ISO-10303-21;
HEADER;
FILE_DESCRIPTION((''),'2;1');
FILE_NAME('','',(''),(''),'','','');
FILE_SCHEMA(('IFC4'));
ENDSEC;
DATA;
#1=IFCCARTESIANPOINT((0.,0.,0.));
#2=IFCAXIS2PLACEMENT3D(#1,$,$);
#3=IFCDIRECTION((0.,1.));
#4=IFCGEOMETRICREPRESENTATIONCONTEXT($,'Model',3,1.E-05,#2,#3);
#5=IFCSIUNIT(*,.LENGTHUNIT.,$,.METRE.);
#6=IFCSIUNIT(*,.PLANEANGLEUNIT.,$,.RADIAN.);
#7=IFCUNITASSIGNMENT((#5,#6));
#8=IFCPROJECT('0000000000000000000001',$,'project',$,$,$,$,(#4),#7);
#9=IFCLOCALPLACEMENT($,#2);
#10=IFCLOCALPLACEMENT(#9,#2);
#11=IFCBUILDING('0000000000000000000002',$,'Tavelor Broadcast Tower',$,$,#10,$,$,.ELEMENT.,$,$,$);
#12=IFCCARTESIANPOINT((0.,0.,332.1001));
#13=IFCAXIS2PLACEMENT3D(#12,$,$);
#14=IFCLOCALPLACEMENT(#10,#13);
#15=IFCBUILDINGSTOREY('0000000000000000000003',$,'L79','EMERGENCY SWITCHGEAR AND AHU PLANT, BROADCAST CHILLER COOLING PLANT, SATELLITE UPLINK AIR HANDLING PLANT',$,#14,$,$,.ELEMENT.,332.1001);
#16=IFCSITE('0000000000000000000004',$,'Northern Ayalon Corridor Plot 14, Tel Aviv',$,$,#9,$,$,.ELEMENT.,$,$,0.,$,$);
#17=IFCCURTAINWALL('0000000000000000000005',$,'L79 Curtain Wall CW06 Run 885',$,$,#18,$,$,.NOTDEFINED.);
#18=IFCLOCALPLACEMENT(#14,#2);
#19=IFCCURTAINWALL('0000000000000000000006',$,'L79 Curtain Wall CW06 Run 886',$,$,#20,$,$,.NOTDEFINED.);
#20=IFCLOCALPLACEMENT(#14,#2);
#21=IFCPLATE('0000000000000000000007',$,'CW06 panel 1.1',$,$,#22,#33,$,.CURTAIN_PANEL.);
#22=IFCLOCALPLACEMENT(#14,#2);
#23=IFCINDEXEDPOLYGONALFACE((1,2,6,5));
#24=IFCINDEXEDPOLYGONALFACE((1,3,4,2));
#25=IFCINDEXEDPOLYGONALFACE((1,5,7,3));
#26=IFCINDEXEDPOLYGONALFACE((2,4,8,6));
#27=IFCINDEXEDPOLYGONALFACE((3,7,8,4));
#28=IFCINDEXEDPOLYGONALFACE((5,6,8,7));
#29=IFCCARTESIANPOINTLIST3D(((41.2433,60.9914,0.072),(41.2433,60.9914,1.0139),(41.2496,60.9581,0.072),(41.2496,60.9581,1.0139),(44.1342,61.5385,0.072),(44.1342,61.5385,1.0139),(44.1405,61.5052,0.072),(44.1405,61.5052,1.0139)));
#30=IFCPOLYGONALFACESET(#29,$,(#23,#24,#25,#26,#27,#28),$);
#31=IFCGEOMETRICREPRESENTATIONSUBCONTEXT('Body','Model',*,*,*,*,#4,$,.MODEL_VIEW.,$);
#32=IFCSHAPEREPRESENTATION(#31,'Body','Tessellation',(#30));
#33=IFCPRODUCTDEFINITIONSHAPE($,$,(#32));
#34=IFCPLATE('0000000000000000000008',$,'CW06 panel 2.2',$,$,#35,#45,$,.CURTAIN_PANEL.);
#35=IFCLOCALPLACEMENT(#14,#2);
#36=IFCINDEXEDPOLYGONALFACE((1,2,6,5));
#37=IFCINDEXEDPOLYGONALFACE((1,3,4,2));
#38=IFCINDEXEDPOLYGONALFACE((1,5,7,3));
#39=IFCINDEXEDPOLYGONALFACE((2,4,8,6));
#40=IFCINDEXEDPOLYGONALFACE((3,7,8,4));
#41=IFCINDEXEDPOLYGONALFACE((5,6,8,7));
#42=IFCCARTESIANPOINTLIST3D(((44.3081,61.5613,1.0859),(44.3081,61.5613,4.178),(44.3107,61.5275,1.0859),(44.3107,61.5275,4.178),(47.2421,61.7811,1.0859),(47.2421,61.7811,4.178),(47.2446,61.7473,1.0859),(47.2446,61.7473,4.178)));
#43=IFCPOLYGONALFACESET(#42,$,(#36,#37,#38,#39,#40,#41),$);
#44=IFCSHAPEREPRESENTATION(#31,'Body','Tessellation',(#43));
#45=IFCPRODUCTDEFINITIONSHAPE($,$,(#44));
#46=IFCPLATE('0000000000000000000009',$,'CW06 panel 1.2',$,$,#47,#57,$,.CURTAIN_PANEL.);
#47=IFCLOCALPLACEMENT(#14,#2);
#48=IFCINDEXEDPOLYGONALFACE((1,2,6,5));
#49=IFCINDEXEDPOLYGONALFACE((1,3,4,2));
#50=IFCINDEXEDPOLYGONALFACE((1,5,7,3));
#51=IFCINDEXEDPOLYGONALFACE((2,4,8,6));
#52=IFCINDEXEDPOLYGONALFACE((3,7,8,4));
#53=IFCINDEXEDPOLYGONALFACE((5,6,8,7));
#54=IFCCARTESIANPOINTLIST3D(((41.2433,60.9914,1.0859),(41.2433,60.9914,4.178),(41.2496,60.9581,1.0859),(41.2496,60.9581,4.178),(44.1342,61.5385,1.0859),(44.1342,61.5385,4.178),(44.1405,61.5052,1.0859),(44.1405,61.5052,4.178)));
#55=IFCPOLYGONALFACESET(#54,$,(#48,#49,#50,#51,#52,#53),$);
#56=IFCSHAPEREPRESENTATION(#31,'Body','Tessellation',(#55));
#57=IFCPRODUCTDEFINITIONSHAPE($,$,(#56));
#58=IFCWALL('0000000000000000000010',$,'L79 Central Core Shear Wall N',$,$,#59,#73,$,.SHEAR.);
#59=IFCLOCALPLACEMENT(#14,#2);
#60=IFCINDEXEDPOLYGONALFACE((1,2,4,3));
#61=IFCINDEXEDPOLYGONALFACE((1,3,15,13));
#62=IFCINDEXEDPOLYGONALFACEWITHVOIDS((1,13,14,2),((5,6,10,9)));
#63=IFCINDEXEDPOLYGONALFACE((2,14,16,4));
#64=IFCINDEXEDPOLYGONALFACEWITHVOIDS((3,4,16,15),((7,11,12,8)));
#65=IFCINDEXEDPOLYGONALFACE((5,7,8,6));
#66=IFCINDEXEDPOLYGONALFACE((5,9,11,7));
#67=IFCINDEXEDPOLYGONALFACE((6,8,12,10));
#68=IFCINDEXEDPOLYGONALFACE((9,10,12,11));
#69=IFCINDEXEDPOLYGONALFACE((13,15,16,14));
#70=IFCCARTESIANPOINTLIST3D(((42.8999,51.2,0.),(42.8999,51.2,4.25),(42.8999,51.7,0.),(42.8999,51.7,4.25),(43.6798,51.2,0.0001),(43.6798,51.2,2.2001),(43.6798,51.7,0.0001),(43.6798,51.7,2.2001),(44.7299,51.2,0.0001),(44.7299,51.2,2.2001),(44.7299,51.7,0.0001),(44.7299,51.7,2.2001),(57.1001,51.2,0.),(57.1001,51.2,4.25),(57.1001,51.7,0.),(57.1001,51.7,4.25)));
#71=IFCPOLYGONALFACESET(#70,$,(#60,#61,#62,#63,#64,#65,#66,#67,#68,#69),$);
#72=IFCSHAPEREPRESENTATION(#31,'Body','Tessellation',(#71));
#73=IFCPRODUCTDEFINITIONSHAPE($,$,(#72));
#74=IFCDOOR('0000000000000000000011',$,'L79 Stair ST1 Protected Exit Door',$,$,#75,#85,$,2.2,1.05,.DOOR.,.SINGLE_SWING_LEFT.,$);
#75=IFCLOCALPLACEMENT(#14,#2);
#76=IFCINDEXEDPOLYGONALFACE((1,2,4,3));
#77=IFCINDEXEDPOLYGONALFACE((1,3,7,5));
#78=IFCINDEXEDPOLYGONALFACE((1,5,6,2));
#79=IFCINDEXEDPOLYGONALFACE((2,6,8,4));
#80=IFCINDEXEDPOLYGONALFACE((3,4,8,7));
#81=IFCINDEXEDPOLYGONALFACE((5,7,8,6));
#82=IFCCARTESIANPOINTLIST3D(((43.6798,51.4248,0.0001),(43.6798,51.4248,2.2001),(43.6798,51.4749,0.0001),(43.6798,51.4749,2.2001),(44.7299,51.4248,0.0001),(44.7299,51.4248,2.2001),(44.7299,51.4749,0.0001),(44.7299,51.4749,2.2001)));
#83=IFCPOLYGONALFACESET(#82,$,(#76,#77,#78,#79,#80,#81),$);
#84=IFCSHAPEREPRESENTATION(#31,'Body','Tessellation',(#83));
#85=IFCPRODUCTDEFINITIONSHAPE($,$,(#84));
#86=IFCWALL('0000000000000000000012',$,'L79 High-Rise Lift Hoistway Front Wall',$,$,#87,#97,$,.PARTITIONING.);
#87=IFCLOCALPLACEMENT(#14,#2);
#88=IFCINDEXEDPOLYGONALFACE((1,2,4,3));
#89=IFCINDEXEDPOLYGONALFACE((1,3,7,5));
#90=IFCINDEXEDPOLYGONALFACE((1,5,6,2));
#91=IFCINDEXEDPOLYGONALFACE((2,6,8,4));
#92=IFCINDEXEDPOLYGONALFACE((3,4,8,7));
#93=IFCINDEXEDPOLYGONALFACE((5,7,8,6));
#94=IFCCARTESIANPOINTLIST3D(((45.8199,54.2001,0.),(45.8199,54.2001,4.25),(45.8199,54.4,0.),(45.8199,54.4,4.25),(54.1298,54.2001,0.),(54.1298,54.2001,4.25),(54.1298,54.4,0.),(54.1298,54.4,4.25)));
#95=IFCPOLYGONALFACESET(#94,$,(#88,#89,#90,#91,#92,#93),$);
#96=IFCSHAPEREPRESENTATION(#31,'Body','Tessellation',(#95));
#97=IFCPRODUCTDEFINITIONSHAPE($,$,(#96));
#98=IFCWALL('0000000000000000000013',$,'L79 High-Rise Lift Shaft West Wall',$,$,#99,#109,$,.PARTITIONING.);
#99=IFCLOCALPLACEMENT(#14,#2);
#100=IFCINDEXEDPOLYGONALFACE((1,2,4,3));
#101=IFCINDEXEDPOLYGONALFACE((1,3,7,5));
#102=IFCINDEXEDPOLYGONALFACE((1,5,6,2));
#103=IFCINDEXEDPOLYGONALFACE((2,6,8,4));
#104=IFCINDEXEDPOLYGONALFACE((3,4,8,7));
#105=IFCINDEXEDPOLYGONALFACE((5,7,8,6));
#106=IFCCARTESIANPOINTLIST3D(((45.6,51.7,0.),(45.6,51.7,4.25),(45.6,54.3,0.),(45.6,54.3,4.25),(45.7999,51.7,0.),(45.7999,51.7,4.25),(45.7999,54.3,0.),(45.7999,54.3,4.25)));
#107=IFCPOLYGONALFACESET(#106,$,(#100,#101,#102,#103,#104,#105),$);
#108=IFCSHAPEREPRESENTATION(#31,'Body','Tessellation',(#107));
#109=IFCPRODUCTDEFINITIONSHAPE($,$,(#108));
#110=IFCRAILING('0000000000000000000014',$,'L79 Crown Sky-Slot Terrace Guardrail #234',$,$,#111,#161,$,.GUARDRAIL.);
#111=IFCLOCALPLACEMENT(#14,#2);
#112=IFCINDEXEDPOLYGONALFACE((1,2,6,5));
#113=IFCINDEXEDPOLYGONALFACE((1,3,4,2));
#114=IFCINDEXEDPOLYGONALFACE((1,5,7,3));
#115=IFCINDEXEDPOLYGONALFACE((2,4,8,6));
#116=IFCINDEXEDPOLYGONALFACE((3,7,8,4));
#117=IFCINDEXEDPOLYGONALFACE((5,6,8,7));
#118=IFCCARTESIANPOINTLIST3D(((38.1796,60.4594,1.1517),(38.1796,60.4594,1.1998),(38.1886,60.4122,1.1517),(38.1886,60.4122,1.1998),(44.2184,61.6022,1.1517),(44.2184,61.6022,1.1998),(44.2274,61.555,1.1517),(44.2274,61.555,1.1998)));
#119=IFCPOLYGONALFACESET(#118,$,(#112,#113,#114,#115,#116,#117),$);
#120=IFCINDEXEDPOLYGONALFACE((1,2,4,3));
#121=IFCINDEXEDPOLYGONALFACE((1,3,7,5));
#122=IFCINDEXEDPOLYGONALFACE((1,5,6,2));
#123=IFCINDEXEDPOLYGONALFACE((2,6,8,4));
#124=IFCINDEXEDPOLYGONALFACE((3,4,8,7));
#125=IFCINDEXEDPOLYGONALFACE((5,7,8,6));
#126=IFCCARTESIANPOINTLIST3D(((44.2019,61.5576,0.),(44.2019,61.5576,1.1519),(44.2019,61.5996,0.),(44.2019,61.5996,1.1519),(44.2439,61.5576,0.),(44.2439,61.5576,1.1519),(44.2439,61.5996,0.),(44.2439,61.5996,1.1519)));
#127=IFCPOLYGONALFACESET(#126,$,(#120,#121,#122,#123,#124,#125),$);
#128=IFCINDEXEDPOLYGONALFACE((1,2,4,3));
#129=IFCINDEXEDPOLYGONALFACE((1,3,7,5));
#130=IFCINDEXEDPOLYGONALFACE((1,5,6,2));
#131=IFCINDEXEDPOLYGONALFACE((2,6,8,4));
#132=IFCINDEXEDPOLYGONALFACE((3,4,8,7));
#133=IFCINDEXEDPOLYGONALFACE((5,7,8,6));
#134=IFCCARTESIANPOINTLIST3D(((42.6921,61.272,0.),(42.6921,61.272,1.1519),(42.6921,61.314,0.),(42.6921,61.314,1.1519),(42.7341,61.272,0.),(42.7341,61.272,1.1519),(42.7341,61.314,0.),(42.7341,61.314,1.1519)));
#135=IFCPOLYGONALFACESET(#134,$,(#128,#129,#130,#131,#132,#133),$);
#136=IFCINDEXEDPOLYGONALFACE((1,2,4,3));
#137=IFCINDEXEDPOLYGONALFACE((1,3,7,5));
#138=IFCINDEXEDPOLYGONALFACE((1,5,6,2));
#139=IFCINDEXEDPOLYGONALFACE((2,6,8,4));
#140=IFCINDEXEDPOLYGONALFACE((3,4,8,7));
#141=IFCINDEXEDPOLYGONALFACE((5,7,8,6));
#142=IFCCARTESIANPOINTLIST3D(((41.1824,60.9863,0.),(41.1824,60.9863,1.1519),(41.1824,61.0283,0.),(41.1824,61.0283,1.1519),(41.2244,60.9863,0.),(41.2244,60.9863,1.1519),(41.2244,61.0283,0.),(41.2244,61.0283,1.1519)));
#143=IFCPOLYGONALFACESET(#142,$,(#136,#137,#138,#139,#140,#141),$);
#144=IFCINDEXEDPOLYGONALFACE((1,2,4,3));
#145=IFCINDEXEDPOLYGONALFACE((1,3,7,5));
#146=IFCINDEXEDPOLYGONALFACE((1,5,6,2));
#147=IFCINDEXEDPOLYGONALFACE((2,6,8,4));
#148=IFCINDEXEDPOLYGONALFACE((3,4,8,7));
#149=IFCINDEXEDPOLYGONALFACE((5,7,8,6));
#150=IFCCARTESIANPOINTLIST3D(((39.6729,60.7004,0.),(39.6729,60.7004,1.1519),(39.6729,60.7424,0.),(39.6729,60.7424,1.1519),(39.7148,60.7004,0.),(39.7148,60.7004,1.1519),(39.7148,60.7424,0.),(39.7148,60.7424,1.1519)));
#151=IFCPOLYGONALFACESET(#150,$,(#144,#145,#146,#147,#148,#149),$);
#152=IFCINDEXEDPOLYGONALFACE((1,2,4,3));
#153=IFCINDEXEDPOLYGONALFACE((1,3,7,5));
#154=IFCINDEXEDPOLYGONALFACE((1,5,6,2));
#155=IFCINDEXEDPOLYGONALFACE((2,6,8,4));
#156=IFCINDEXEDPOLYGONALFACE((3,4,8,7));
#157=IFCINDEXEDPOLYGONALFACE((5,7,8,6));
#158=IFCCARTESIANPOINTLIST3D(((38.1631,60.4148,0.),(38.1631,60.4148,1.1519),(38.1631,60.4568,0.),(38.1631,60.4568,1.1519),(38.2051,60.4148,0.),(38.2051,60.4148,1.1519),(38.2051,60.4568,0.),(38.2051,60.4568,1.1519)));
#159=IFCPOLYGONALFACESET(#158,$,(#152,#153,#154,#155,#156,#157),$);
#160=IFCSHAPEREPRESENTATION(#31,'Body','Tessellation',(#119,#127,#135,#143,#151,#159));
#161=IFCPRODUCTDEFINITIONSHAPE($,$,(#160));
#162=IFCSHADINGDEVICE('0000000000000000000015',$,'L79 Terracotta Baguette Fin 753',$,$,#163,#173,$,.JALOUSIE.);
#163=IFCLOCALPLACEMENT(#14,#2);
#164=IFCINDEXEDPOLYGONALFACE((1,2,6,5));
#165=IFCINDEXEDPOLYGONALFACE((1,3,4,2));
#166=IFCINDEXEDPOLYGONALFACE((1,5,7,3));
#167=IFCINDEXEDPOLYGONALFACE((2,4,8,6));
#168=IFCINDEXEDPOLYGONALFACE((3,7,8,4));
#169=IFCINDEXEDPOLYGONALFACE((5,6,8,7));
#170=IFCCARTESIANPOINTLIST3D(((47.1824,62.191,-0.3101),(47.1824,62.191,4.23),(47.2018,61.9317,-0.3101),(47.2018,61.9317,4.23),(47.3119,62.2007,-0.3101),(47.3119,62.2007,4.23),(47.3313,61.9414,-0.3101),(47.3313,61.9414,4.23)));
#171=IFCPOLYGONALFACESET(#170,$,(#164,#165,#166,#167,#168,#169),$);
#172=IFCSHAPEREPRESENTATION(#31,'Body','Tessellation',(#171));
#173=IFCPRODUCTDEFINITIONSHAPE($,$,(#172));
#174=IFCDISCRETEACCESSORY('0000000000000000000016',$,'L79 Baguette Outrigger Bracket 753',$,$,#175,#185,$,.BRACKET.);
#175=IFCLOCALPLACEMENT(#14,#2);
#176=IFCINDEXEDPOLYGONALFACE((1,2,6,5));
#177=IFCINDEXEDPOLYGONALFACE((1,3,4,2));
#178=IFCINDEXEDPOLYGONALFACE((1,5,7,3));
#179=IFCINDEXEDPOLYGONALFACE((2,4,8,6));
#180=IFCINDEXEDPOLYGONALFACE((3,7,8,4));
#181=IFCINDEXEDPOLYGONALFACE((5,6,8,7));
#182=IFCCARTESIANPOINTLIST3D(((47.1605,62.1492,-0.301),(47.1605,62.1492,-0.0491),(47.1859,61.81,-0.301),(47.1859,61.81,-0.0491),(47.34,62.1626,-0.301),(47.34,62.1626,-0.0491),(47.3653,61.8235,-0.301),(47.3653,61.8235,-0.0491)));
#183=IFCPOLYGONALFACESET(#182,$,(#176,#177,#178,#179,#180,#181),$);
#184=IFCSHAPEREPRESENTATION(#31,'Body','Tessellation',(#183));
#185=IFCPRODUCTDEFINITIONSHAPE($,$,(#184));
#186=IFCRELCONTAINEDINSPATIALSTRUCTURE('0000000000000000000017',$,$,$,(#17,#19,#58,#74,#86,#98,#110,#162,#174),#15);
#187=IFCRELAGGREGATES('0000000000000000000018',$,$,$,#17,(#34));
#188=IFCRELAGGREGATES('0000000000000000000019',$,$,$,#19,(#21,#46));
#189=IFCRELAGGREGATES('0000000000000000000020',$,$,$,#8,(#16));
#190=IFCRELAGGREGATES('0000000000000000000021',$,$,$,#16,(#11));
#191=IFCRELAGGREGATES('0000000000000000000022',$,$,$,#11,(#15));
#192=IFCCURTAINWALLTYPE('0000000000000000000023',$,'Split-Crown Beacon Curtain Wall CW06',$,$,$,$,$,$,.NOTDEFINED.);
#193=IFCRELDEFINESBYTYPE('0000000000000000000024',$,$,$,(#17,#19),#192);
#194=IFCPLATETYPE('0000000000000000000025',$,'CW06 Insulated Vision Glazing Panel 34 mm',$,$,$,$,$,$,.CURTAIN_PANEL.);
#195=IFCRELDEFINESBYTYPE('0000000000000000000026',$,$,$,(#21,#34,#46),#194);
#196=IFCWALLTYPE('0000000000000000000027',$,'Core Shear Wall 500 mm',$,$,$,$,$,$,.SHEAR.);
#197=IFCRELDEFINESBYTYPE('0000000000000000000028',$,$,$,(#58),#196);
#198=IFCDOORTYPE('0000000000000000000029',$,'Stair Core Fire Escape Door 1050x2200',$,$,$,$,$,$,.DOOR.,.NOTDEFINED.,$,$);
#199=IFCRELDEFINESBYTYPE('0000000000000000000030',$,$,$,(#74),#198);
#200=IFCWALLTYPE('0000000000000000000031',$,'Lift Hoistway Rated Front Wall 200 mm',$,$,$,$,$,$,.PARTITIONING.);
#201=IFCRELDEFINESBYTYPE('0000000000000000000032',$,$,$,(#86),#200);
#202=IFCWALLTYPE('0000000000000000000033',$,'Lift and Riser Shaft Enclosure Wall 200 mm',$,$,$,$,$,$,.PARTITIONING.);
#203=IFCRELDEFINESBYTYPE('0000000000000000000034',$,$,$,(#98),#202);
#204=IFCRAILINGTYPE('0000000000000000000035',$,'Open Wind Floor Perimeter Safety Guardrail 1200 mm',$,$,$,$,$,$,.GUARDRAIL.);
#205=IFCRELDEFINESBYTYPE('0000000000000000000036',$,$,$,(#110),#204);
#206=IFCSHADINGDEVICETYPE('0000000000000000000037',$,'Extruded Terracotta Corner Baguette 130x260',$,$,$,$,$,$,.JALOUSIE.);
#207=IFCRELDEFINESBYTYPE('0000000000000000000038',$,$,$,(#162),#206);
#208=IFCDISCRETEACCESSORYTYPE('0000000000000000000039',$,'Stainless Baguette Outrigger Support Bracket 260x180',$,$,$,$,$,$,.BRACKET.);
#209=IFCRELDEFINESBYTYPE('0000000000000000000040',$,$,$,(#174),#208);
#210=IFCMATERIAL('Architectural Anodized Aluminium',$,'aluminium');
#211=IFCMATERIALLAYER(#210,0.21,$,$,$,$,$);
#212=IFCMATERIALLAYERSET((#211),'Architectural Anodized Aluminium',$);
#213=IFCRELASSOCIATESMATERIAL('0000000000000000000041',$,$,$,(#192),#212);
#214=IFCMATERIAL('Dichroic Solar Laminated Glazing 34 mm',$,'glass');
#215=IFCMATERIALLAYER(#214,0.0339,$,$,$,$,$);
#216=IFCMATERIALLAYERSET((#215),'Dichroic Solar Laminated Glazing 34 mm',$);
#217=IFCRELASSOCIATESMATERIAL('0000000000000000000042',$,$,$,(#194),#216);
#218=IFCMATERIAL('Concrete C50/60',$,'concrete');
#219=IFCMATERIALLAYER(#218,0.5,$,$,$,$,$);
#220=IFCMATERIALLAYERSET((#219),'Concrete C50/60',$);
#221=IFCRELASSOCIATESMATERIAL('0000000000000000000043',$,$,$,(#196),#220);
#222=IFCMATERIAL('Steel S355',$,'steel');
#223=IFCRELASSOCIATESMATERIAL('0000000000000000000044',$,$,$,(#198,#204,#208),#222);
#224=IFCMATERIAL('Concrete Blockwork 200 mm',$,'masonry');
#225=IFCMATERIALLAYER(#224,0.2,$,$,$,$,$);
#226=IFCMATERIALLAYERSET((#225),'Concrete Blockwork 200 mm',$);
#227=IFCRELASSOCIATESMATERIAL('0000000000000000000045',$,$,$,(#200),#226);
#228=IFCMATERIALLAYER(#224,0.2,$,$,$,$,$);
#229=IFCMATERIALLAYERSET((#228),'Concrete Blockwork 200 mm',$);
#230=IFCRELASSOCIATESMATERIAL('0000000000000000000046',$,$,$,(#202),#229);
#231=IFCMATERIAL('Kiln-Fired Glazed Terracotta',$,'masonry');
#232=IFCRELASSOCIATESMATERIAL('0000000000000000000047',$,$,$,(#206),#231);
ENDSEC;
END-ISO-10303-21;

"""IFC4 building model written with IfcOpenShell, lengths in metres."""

from ifc_helpers import new_model, si_unit, direction, frame, frame_2d, origin, origin_2d, place, context, subcontext, project, spatial, rectangle, extrude, source, transform, mapped, material, layer, layer_set, type_object, type_shapes, element, fill, aggregate, save


model = new_model("IFC4")

# Units and contexts
model_context = context("Model", 3, precision=1e-05, world=origin(), true_north=direction((0.0, 1.0)))
body_context = subcontext(model_context, "Body", "Model", "MODEL_VIEW")
ifc_project = project(units=[si_unit("LENGTHUNIT", "METRE"), si_unit("PLANEANGLEUNIT", "RADIAN")], contexts=[model_context])

# Site, building, storey
site_placement = place(None, origin())
site = spatial("IfcSite", under=ifc_project, at=site_placement, Name="Northern Ayalon Corridor Plot 14, Tel Aviv", CompositionType="ELEMENT", RefElevation=0.0)
building_placement = place(site_placement, origin())
building = spatial("IfcBuilding", under=site, at=building_placement, Name="Tavelor Broadcast Tower", CompositionType="ELEMENT")
storey_placement = place(building_placement, frame((0.0, 0.0, 332.1001)))
storey = spatial("IfcBuildingStorey", under=building, at=storey_placement, Name="L79", Description="EMERGENCY SWITCHGEAR AND AHU PLANT, BROADCAST CHILLER COOLING PLANT, SATELLITE UPLINK AIR HANDLING PLANT", CompositionType="ELEMENT", Elevation=332.1001)

# Shared definitions
ifc_material_1 = material(Name="Steel S355", Category="steel")

# Curtain wall
ifc_material_2 = material(Name="Architectural Anodized Aluminium", Category="aluminium")
ifc_layer_1 = layer(ifc_material_2, 0.21)
ifc_layer_set_1 = layer_set([ifc_layer_1], Name="Architectural Anodized Aluminium")
curtain_wall_type = type_object("IfcCurtainWallType", Name="Split-Crown Beacon Curtain Wall CW06", PredefinedType="NOTDEFINED", material=ifc_layer_set_1)
curtain_wall_1_placement = place(storey_placement, origin())
curtain_wall_1 = element("IfcCurtainWall", 1, at=curtain_wall_1_placement, inside=storey, type_object=curtain_wall_type, Name="L79 Curtain Wall CW06 Run 885", PredefinedType="NOTDEFINED")

# Curtain wall
curtain_wall_2_placement = place(storey_placement, origin())
curtain_wall_2 = element("IfcCurtainWall", 2, at=curtain_wall_2_placement, inside=storey, type_object=curtain_wall_type, Name="L79 Curtain Wall CW06 Run 886", PredefinedType="NOTDEFINED")

# Plates
ifc_material_3 = material(Name="Dichroic Solar Laminated Glazing 34 mm", Category="glass")
ifc_layer_2 = layer(ifc_material_3, 0.0339)
ifc_layer_set_2 = layer_set([ifc_layer_2], Name="Dichroic Solar Laminated Glazing 34 mm")
plate_type_1 = type_object("IfcPlateType", Name="CW06 Insulated Vision Glazing Panel 34 mm", PredefinedType="CURTAIN_PANEL", material=ifc_layer_set_2)
shared_shape_1 = source(origin(), body_context, "Body", "SweptSolid", [
    extrude(rectangle(XDim=2.9421, YDim=0.0339, at=origin_2d()), origin(), (0.0, 0.0, 1.0), 0.9419),
])
plate_1_placement = place(storey_placement, frame((42.6919, 61.2483, 0.072), z_axis=(0.0, 0.0, 1.0), x_axis=(-0.982561, -0.185942, 0.0)))
plate_1 = element("IfcPlate", 3, at=plate_1_placement, type_object=plate_type_1, Name="CW06 panel 1.1", PredefinedType="CURTAIN_PANEL", context=body_context, shape_type="MappedRepresentation", body=[
    mapped(shared_shape_1, transform((0.0, 0.0, 0.0), scale=1.0)),
])
shared_shape_2 = source(origin(), body_context, "Body", "SweptSolid", [
    extrude(rectangle(XDim=2.9421, YDim=0.0339, at=origin_2d()), origin(), (0.0, 0.0, 1.0), 3.092),
])
type_shapes(plate_type_1, [shared_shape_1, shared_shape_2])
plate_2_placement = place(storey_placement, frame((45.7764, 61.6543, 1.0859), z_axis=(0.0, 0.0, 1.0), x_axis=(-0.997206, -0.074701, 0.0)))
plate_2 = element("IfcPlate", 4, at=plate_2_placement, type_object=plate_type_1, Name="CW06 panel 2.2", PredefinedType="CURTAIN_PANEL", context=body_context, shape_type="MappedRepresentation", body=[
    mapped(shared_shape_2, transform((0.0, 0.0, 0.0), scale=1.0)),
])
aggregate(curtain_wall_1, [plate_2])
plate_3_placement = place(storey_placement, frame((42.6919, 61.2483, 1.0859), z_axis=(0.0, 0.0, 1.0), x_axis=(-0.982561, -0.185942, 0.0)))
plate_3 = element("IfcPlate", 5, at=plate_3_placement, type_object=plate_type_1, Name="CW06 panel 1.2", PredefinedType="CURTAIN_PANEL", context=body_context, shape_type="MappedRepresentation", body=[
    mapped(shared_shape_2, transform((0.0, 0.0, 0.0), scale=1.0)),
])
aggregate(curtain_wall_2, [plate_1, plate_3])

# Wall, opening, door
ifc_material_4 = material(Name="Concrete C50/60", Category="concrete")
ifc_layer_3 = layer(ifc_material_4, 0.5)
ifc_layer_set_3 = layer_set([ifc_layer_3], Name="Concrete C50/60")
wall_type_1 = type_object("IfcWallType", Name="Core Shear Wall 500 mm", PredefinedType="SHEAR", material=ifc_layer_set_3)
wall_1_placement = place(storey_placement, frame((42.8999, 51.45, 0.0), z_axis=(0.0, 0.0, 1.0), x_axis=(1.0, 0.0, 0.0)))
wall_1 = element("IfcWall", 6, at=wall_1_placement, inside=storey, type_object=wall_type_1, Name="L79 Central Core Shear Wall N", PredefinedType="SHEAR", context=body_context, shape_type="SweptSolid", body=[
    extrude(rectangle(XDim=14.2002, YDim=0.5, at=frame_2d((7.1001, 0.0))), origin(), (0.0, 0.0, 1.0), 4.25),
])
opening_placement = place(wall_1_placement, frame((0.78, 0.0, 0.0)))
opening = element("IfcOpeningElement", 7, at=opening_placement, cuts=wall_1, PredefinedType="OPENING", context=body_context, shape_type="SweptSolid", body=[
    extrude(rectangle(XDim=1.05, YDim=2.2, at=frame_2d((0.5249, 1.1001))), frame((0.0, 0.26, 0.0), z_axis=(0.0, -1.0, 0.0), x_axis=(1.0, 0.0, 0.0)), (0.0, 0.0, 1.0), 0.52),
])
door_type = type_object("IfcDoorType", Name="Stair Core Fire Escape Door 1050x2200", OperationType="NOTDEFINED", PredefinedType="DOOR", material=ifc_material_1)
door_placement = place(opening_placement, origin())
door = element("IfcDoor", 8, at=door_placement, inside=storey, type_object=door_type, Name="L79 Stair ST1 Protected Exit Door", OperationType="SINGLE_SWING_LEFT", OverallHeight=2.2, OverallWidth=1.05, PredefinedType="DOOR", context=body_context, shape_type="SweptSolid", body=[
    extrude(rectangle(XDim=1.05, YDim=2.2, at=frame_2d((0.5249, 1.1001))), frame((0.0, 0.0249, 0.0), z_axis=(0.0, -1.0, 0.0), x_axis=(1.0, 0.0, 0.0)), (0.0, 0.0, 1.0), 0.05),
])
fill(opening, door)

# Walls
ifc_material_5 = material(Name="Concrete Blockwork 200 mm", Category="masonry")
ifc_layer_4 = layer(ifc_material_5, 0.2)
ifc_layer_set_4 = layer_set([ifc_layer_4], Name="Concrete Blockwork 200 mm")
wall_type_2 = type_object("IfcWallType", Name="Lift Hoistway Rated Front Wall 200 mm", PredefinedType="PARTITIONING", material=ifc_layer_set_4)
wall_2_placement = place(storey_placement, frame((45.8201, 54.3, 0.0), z_axis=(0.0, 0.0, 1.0), x_axis=(1.0, 0.0, 0.0)))
element("IfcWall", 9, at=wall_2_placement, inside=storey, type_object=wall_type_2, Name="L79 High-Rise Lift Hoistway Front Wall", PredefinedType="PARTITIONING", context=body_context, shape_type="SweptSolid", body=[
    extrude(rectangle(XDim=8.3098, YDim=0.2, at=frame_2d((4.1548, 0.0))), origin(), (0.0, 0.0, 1.0), 4.25),
])
ifc_layer_5 = layer(ifc_material_5, 0.2)
ifc_layer_set_5 = layer_set([ifc_layer_5], Name="Concrete Blockwork 200 mm")
wall_type_3 = type_object("IfcWallType", Name="Lift and Riser Shaft Enclosure Wall 200 mm", PredefinedType="PARTITIONING", material=ifc_layer_set_5)
wall_3_placement = place(storey_placement, frame((45.7, 51.7, 0.0), z_axis=(0.0, 0.0, 1.0), x_axis=(0.0, 1.0, 0.0)))
element("IfcWall", 10, at=wall_3_placement, inside=storey, type_object=wall_type_3, Name="L79 High-Rise Lift Shaft West Wall", PredefinedType="PARTITIONING", context=body_context, shape_type="SweptSolid", body=[
    extrude(rectangle(XDim=2.6001, YDim=0.2, at=frame_2d((1.3, 0.0))), origin(), (0.0, 0.0, 1.0), 4.25),
])

# Railing
railing_type = type_object("IfcRailingType", Name="Open Wind Floor Perimeter Safety Guardrail 1200 mm", PredefinedType="GUARDRAIL", material=ifc_material_1)
railing_placement = place(storey_placement, frame((44.2229, 61.5786, 0.0)))
element("IfcRailing", 11, at=railing_placement, inside=storey, type_object=railing_type, Name="L79 Crown Sky-Slot Terrace Guardrail #234", PredefinedType="GUARDRAIL", context=body_context, shape_type="SweptSolid", body=[
    extrude(rectangle(XDim=0.0481, YDim=0.0481, at=origin_2d()), frame((0.0, 0.0, 1.1758), z_axis=(-0.98256, -0.185946, 0.0), x_axis=(0.185946, -0.98256, 0.0)), (0.0, 0.0, 1.0), 6.146),
    extrude(rectangle(XDim=0.042, YDim=0.042, at=origin_2d()), origin(), (0.0, 0.0, 1.0), 1.1519),
    extrude(rectangle(XDim=0.042, YDim=0.042, at=origin_2d()), frame((-1.5098, -0.2856, 0.0)), (0.0, 0.0, 1.0), 1.1519),
    extrude(rectangle(XDim=0.042, YDim=0.042, at=origin_2d()), frame((-3.0195, -0.5713, 0.0)), (0.0, 0.0, 1.0), 1.1519),
    extrude(rectangle(XDim=0.042, YDim=0.042, at=origin_2d()), frame((-4.5291, -0.8572, 0.0)), (0.0, 0.0, 1.0), 1.1519),
    extrude(rectangle(XDim=0.042, YDim=0.042, at=origin_2d()), frame((-6.0388, -1.1428, 0.0)), (0.0, 0.0, 1.0), 1.1519),
])

# Shading device
ifc_material_6 = material(Name="Kiln-Fired Glazed Terracotta", Category="masonry")
shading_device_type = type_object("IfcShadingDeviceType", Name="Extruded Terracotta Corner Baguette 130x260", PredefinedType="JALOUSIE", material=ifc_material_6)
shared_shape_3 = source(origin(), body_context, "Body", "SweptSolid", [
    extrude(rectangle(XDim=0.1299, YDim=0.26, at=origin_2d()), origin(), (0.0, 0.0, 1.0), 4.54),
])
type_shapes(shading_device_type, [shared_shape_3])
shading_device_placement = place(storey_placement, frame((47.2568, 62.0662, -0.3101), z_axis=(0.0, 0.0, 1.0), x_axis=(-0.997211, -0.074631, 0.0)))
element("IfcShadingDevice", 12, at=shading_device_placement, inside=storey, type_object=shading_device_type, Name="L79 Terracotta Baguette Fin 753", PredefinedType="JALOUSIE", context=body_context, shape_type="MappedRepresentation", body=[
    mapped(shared_shape_3, transform((0.0, 0.0, 0.0), scale=1.0)),
])

# Discrete accessory
discrete_accessory_type = type_object("IfcDiscreteAccessoryType", Name="Stainless Baguette Outrigger Support Bracket 260x180", PredefinedType="BRACKET", material=ifc_material_1)
shared_shape_4 = source(origin(), body_context, "Body", "SweptSolid", [
    extrude(rectangle(XDim=0.1799, YDim=0.3401, at=origin_2d()), origin(), (0.0, 0.0, 1.0), 0.252),
])
type_shapes(discrete_accessory_type, [shared_shape_4])
discrete_accessory_placement = place(storey_placement, frame((47.2629, 61.9863, -0.301), z_axis=(0.0, 0.0, 1.0), x_axis=(-0.997211, -0.074631, 0.0)))
element("IfcDiscreteAccessory", 13, at=discrete_accessory_placement, inside=storey, type_object=discrete_accessory_type, Name="L79 Baguette Outrigger Bracket 753", PredefinedType="BRACKET", context=body_context, shape_type="MappedRepresentation", body=[
    mapped(shared_shape_4, transform((0.0, 0.0, 0.0), scale=1.0)),
])

save(model, "model.ifc")
